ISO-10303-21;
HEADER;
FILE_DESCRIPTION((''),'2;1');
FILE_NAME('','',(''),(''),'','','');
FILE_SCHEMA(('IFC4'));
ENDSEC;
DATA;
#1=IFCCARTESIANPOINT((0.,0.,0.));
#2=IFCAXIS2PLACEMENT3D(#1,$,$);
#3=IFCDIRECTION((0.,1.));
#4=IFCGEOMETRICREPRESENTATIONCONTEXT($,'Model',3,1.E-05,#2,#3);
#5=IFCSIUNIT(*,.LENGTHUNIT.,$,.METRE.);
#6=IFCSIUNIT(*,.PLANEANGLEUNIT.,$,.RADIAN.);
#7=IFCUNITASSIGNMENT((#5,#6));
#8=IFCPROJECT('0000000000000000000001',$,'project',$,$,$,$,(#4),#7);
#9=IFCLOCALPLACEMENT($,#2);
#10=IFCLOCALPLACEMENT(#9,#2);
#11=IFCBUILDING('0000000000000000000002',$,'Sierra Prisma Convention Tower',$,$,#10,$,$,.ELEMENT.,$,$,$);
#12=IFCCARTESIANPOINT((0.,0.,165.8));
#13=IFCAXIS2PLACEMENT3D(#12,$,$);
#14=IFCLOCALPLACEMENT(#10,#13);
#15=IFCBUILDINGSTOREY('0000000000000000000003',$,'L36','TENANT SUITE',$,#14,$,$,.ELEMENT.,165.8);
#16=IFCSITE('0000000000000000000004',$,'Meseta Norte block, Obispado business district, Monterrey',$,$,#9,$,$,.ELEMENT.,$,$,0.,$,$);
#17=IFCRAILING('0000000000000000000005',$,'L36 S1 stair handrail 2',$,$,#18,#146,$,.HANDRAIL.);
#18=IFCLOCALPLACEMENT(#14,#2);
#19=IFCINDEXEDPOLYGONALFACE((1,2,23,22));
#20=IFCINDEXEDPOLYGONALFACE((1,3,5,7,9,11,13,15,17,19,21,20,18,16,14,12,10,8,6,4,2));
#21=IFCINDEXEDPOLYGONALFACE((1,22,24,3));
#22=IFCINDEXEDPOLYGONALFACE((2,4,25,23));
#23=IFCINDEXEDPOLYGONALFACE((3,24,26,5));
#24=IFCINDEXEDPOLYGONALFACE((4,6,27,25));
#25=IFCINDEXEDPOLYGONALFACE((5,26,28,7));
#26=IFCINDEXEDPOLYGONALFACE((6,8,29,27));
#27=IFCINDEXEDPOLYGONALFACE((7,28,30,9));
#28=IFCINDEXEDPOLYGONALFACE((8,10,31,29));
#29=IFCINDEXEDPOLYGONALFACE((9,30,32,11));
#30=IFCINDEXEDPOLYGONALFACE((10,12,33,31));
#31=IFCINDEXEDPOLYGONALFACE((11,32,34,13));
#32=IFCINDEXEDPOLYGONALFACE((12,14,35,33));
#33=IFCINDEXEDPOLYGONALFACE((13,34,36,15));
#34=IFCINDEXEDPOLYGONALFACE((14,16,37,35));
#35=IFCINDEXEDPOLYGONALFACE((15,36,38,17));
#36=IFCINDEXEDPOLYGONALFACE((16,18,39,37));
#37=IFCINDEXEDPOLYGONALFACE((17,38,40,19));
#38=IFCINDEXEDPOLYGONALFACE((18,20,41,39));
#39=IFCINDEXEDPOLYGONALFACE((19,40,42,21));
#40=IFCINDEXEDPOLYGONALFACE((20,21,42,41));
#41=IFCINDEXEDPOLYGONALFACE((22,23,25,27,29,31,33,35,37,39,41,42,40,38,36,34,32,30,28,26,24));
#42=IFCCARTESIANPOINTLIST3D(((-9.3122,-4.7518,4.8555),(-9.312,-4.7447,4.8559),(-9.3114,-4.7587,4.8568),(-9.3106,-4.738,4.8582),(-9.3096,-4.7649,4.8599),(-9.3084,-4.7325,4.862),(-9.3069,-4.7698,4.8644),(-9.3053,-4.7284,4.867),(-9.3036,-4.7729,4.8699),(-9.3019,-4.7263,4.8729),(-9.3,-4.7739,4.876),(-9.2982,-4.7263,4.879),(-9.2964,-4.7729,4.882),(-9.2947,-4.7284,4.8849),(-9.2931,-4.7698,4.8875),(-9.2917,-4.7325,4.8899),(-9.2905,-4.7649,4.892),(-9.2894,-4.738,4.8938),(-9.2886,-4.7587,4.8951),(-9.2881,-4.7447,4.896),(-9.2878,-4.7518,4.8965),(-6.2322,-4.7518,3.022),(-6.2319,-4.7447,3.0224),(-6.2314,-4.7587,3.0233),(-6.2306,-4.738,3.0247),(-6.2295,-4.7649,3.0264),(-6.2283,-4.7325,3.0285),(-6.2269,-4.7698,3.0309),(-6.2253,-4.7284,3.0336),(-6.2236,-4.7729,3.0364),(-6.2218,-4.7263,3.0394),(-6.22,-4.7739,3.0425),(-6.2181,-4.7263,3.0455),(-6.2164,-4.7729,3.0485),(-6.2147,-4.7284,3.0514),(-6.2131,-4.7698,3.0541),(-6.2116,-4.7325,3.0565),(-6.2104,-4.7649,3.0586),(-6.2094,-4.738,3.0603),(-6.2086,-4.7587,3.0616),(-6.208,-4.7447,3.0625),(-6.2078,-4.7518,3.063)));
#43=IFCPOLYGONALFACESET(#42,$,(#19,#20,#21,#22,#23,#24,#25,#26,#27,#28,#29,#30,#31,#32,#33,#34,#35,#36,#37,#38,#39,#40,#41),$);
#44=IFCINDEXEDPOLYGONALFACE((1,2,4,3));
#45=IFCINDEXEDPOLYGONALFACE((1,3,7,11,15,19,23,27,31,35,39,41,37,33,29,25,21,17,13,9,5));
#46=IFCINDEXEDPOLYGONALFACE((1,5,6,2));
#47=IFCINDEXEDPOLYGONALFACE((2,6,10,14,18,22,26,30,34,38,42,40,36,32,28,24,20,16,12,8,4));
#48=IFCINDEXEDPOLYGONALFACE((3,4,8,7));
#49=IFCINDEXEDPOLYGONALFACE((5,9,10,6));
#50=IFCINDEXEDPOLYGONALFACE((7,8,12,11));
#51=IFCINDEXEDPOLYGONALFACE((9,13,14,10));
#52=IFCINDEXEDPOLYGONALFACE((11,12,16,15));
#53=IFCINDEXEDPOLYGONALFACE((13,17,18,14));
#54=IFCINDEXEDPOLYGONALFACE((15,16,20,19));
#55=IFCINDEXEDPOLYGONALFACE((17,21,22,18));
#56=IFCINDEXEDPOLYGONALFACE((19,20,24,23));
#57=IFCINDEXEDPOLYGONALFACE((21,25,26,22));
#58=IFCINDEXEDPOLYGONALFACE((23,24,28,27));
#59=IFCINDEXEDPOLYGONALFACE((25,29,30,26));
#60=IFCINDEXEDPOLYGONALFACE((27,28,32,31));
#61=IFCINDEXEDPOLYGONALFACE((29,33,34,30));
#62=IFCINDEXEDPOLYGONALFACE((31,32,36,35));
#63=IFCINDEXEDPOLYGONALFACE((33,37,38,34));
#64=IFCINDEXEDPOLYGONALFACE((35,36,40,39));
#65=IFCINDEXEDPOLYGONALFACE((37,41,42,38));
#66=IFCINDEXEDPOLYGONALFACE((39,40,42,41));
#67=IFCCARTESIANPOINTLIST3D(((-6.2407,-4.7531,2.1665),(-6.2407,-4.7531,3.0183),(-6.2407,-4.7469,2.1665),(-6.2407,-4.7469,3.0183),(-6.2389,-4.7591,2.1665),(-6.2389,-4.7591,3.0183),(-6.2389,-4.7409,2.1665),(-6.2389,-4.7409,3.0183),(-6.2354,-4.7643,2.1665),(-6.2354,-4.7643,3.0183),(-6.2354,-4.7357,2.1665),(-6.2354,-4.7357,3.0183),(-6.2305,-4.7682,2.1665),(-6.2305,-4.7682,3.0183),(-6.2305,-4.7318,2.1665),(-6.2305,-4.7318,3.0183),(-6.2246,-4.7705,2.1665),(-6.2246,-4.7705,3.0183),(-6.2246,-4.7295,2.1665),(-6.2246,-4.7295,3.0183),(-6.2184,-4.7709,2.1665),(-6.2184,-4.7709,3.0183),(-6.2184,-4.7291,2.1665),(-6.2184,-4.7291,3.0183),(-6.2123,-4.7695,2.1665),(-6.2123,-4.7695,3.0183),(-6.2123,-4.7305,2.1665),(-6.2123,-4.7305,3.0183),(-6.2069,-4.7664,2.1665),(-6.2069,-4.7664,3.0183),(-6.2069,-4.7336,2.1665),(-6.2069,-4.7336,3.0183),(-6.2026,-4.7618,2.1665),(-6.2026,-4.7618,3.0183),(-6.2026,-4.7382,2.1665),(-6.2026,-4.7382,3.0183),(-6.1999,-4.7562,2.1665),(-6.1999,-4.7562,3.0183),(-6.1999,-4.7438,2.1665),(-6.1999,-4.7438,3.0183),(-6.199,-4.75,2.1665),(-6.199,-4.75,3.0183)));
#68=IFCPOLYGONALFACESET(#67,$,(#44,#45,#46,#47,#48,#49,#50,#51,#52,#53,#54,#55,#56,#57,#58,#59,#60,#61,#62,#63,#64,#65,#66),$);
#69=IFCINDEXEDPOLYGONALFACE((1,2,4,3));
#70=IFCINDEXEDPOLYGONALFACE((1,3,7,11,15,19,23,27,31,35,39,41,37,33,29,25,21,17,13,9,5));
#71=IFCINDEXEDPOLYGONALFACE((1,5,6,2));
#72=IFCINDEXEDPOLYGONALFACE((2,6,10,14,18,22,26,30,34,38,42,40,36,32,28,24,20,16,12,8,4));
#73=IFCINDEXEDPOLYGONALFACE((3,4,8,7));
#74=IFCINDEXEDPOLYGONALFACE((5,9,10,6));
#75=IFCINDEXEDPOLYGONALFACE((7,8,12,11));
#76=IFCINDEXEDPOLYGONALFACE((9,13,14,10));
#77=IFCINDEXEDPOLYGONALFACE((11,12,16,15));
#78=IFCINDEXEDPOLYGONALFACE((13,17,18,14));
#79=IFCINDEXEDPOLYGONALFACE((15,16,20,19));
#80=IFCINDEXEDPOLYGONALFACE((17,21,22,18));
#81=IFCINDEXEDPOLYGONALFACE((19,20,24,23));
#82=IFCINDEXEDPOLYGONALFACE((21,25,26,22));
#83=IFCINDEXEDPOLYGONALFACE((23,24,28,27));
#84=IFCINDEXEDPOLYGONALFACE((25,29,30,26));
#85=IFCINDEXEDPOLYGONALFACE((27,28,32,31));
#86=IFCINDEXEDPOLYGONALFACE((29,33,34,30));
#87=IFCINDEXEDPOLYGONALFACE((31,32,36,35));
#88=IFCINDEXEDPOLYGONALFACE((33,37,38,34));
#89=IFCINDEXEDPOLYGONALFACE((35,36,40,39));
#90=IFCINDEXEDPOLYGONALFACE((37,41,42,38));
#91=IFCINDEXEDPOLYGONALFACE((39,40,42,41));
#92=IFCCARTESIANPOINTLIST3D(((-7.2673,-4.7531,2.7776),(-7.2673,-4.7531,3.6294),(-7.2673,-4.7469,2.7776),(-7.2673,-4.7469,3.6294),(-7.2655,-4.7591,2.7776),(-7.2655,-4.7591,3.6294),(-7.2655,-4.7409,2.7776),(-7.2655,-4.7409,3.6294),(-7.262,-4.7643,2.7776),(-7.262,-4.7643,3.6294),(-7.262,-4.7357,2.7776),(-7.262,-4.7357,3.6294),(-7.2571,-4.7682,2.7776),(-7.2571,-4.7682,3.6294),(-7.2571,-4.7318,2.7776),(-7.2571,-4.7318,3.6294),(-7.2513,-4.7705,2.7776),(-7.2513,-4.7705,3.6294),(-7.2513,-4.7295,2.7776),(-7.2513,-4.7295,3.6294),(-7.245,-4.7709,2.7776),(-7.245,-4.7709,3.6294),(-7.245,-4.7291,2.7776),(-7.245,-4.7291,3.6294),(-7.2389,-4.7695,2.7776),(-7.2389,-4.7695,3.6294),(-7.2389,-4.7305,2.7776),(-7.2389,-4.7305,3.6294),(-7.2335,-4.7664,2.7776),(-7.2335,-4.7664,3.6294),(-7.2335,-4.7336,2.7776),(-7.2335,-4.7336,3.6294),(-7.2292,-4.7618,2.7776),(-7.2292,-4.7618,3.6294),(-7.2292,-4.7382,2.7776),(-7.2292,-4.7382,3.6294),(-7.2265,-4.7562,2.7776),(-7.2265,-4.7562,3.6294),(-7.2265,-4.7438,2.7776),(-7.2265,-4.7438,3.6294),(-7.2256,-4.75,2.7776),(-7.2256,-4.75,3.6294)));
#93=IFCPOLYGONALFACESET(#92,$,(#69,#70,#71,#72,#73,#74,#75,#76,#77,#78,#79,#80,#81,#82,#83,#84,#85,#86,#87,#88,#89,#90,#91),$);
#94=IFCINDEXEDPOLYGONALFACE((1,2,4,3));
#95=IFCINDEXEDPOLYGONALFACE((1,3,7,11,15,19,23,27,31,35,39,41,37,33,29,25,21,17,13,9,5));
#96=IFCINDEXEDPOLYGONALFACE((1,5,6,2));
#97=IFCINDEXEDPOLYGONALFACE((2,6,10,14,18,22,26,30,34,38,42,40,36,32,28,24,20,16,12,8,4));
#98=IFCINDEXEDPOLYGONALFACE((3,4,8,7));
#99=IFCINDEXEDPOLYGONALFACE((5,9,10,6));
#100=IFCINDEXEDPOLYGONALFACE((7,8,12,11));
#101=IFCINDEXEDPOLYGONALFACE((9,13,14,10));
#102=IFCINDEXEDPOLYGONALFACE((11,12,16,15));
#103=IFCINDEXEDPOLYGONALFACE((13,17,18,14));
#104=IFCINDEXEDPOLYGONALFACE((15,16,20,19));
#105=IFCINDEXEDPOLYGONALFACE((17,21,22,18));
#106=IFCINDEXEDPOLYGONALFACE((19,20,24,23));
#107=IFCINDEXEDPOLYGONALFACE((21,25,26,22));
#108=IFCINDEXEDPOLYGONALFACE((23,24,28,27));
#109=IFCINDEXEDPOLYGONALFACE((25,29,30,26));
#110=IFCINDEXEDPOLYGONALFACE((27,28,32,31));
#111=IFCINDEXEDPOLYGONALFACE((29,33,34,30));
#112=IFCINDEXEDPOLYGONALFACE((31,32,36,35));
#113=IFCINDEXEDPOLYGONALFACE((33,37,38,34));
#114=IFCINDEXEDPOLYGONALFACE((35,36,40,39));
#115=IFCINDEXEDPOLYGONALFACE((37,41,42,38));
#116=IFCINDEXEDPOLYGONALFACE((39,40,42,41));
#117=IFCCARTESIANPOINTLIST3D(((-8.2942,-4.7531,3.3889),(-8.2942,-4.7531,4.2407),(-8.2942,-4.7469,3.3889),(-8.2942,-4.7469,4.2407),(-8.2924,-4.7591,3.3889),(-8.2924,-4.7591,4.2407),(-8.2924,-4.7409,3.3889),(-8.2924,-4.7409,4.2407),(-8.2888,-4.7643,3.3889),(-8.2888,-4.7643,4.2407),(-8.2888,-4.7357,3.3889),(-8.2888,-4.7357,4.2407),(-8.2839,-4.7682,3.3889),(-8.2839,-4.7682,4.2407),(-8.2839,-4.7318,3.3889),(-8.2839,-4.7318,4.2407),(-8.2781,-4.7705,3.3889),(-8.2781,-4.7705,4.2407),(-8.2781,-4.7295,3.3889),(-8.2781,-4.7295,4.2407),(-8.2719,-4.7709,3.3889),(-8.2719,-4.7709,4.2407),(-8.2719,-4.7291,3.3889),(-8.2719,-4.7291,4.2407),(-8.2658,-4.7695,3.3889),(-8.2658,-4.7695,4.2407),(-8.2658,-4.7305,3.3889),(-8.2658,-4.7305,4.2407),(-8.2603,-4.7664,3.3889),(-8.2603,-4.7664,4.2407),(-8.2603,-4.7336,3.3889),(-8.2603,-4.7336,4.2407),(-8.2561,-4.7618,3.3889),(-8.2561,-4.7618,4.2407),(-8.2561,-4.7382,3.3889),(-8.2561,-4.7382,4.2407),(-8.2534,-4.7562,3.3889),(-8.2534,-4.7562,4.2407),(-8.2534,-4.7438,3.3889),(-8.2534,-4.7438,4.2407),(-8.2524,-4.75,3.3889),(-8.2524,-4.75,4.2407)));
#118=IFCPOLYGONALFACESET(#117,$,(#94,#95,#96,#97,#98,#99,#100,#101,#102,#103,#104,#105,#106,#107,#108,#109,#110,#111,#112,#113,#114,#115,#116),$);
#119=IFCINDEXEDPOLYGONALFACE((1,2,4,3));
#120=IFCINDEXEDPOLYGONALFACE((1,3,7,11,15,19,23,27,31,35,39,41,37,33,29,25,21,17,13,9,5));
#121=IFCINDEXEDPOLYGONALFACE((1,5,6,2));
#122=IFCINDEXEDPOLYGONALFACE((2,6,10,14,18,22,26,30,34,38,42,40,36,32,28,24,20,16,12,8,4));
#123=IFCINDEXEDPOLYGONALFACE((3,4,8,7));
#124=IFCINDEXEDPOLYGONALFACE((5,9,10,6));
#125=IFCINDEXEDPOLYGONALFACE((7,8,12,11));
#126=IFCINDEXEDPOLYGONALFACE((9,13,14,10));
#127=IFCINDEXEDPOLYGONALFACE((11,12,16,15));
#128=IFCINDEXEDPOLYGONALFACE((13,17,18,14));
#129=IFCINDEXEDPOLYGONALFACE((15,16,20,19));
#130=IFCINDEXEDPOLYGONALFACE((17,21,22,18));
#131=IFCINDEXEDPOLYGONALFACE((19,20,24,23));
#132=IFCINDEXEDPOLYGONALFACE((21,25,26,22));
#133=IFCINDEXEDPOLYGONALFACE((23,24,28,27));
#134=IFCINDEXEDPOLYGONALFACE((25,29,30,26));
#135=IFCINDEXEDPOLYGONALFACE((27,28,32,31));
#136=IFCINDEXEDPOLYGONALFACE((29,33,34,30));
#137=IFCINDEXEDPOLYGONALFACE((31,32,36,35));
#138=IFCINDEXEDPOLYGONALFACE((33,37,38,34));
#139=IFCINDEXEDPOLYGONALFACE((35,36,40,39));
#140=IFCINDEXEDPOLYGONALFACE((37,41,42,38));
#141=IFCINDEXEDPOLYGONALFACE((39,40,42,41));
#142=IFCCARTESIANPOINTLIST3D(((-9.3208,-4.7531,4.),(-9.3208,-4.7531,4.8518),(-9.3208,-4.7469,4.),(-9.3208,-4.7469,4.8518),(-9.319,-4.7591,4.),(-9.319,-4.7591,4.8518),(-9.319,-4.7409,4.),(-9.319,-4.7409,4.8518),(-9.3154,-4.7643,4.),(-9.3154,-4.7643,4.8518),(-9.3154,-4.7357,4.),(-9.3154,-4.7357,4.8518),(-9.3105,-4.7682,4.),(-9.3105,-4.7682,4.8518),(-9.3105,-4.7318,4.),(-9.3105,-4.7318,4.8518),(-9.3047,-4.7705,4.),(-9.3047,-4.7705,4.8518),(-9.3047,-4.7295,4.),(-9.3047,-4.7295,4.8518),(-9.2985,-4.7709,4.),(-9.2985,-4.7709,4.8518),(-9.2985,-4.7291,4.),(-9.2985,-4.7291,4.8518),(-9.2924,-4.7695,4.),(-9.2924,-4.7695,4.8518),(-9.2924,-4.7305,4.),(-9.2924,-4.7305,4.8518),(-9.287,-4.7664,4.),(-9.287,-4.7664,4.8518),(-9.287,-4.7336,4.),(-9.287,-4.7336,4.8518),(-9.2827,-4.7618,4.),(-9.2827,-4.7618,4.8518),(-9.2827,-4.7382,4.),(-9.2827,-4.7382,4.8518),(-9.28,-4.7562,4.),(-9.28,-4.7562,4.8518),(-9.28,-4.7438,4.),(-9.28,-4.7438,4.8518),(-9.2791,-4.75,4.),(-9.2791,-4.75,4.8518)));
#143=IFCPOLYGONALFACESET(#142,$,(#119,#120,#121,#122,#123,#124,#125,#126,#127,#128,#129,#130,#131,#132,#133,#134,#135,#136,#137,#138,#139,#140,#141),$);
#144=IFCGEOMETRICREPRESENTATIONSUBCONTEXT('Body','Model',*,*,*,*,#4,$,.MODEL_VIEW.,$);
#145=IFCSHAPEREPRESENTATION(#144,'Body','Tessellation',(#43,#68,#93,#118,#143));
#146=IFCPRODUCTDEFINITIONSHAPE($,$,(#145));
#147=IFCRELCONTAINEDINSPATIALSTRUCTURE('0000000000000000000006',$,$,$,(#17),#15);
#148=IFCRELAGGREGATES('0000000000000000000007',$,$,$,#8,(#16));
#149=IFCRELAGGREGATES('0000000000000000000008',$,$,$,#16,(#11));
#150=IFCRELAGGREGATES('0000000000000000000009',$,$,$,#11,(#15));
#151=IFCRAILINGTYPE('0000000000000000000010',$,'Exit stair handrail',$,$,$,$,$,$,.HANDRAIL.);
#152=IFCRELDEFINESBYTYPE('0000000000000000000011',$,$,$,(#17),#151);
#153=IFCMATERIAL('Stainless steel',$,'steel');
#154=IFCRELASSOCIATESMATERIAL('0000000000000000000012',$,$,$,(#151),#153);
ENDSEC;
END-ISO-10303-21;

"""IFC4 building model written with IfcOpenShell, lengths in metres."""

from ifc_helpers import new_model, si_unit, direction, frame, origin, origin_2d, place, context, subcontext, project, spatial, circle, extrude, material, type_object, element, save


model = new_model("IFC4")

# Units and contexts
model_context = context("Model", 3, precision=1e-05, world=origin(), true_north=direction((0.0, 1.0)))
body_context = subcontext(model_context, "Body", "Model", "MODEL_VIEW")
ifc_project = project(units=[si_unit("LENGTHUNIT", "METRE"), si_unit("PLANEANGLEUNIT", "RADIAN")], contexts=[model_context])

# Site, building, storey
site_placement = place(None, origin())
site = spatial("IfcSite", under=ifc_project, at=site_placement, Name="Meseta Norte block, Obispado business district, Monterrey", CompositionType="ELEMENT", RefElevation=0.0)
building_placement = place(site_placement, origin())
building = spatial("IfcBuilding", under=site, at=building_placement, Name="Sierra Prisma Convention Tower", CompositionType="ELEMENT")
storey_placement = place(building_placement, frame((0.0, 0.0, 165.8)))
storey = spatial("IfcBuildingStorey", under=building, at=storey_placement, Name="L36", Description="TENANT SUITE", CompositionType="ELEMENT", Elevation=165.8)

# Railing
ifc_material_1 = material(Name="Stainless steel", Category="steel")
railing_type_1 = type_object("IfcRailingType", Name="Exit stair handrail", PredefinedType="HANDRAIL", material=ifc_material_1)
railing_1_placement = place(storey_placement, frame((-6.22, -4.75, 2.1665)))
element("IfcRailing", 1, at=railing_1_placement, inside=storey, type_object=railing_type_1, Name="L36 S1 stair handrail 2", PredefinedType="HANDRAIL", context=body_context, shape_type="SweptSolid", body=[
    extrude(circle(Radius=0.0239, at=origin_2d()), frame((0.0, 0.0, 0.876), z_axis=(-0.859279, 0.0, 0.511508), x_axis=(0.0, -1.0, 0.0)), (0.0, 0.0, 1.0), 3.5845),
    extrude(circle(Radius=0.021, at=origin_2d()), origin(), (0.0, 0.0, 1.0), 0.8518),
    extrude(circle(Radius=0.021, at=origin_2d()), frame((-1.0266, 0.0, 0.6111)), (0.0, 0.0, 1.0), 0.8518),
    extrude(circle(Radius=0.021, at=origin_2d()), frame((-2.0535, 0.0, 1.2224)), (0.0, 0.0, 1.0), 0.8518),
    extrude(circle(Radius=0.021, at=origin_2d()), frame((-3.0801, 0.0, 1.8335)), (0.0, 0.0, 1.0), 0.8518),
])

save(model, "model.ifc")
